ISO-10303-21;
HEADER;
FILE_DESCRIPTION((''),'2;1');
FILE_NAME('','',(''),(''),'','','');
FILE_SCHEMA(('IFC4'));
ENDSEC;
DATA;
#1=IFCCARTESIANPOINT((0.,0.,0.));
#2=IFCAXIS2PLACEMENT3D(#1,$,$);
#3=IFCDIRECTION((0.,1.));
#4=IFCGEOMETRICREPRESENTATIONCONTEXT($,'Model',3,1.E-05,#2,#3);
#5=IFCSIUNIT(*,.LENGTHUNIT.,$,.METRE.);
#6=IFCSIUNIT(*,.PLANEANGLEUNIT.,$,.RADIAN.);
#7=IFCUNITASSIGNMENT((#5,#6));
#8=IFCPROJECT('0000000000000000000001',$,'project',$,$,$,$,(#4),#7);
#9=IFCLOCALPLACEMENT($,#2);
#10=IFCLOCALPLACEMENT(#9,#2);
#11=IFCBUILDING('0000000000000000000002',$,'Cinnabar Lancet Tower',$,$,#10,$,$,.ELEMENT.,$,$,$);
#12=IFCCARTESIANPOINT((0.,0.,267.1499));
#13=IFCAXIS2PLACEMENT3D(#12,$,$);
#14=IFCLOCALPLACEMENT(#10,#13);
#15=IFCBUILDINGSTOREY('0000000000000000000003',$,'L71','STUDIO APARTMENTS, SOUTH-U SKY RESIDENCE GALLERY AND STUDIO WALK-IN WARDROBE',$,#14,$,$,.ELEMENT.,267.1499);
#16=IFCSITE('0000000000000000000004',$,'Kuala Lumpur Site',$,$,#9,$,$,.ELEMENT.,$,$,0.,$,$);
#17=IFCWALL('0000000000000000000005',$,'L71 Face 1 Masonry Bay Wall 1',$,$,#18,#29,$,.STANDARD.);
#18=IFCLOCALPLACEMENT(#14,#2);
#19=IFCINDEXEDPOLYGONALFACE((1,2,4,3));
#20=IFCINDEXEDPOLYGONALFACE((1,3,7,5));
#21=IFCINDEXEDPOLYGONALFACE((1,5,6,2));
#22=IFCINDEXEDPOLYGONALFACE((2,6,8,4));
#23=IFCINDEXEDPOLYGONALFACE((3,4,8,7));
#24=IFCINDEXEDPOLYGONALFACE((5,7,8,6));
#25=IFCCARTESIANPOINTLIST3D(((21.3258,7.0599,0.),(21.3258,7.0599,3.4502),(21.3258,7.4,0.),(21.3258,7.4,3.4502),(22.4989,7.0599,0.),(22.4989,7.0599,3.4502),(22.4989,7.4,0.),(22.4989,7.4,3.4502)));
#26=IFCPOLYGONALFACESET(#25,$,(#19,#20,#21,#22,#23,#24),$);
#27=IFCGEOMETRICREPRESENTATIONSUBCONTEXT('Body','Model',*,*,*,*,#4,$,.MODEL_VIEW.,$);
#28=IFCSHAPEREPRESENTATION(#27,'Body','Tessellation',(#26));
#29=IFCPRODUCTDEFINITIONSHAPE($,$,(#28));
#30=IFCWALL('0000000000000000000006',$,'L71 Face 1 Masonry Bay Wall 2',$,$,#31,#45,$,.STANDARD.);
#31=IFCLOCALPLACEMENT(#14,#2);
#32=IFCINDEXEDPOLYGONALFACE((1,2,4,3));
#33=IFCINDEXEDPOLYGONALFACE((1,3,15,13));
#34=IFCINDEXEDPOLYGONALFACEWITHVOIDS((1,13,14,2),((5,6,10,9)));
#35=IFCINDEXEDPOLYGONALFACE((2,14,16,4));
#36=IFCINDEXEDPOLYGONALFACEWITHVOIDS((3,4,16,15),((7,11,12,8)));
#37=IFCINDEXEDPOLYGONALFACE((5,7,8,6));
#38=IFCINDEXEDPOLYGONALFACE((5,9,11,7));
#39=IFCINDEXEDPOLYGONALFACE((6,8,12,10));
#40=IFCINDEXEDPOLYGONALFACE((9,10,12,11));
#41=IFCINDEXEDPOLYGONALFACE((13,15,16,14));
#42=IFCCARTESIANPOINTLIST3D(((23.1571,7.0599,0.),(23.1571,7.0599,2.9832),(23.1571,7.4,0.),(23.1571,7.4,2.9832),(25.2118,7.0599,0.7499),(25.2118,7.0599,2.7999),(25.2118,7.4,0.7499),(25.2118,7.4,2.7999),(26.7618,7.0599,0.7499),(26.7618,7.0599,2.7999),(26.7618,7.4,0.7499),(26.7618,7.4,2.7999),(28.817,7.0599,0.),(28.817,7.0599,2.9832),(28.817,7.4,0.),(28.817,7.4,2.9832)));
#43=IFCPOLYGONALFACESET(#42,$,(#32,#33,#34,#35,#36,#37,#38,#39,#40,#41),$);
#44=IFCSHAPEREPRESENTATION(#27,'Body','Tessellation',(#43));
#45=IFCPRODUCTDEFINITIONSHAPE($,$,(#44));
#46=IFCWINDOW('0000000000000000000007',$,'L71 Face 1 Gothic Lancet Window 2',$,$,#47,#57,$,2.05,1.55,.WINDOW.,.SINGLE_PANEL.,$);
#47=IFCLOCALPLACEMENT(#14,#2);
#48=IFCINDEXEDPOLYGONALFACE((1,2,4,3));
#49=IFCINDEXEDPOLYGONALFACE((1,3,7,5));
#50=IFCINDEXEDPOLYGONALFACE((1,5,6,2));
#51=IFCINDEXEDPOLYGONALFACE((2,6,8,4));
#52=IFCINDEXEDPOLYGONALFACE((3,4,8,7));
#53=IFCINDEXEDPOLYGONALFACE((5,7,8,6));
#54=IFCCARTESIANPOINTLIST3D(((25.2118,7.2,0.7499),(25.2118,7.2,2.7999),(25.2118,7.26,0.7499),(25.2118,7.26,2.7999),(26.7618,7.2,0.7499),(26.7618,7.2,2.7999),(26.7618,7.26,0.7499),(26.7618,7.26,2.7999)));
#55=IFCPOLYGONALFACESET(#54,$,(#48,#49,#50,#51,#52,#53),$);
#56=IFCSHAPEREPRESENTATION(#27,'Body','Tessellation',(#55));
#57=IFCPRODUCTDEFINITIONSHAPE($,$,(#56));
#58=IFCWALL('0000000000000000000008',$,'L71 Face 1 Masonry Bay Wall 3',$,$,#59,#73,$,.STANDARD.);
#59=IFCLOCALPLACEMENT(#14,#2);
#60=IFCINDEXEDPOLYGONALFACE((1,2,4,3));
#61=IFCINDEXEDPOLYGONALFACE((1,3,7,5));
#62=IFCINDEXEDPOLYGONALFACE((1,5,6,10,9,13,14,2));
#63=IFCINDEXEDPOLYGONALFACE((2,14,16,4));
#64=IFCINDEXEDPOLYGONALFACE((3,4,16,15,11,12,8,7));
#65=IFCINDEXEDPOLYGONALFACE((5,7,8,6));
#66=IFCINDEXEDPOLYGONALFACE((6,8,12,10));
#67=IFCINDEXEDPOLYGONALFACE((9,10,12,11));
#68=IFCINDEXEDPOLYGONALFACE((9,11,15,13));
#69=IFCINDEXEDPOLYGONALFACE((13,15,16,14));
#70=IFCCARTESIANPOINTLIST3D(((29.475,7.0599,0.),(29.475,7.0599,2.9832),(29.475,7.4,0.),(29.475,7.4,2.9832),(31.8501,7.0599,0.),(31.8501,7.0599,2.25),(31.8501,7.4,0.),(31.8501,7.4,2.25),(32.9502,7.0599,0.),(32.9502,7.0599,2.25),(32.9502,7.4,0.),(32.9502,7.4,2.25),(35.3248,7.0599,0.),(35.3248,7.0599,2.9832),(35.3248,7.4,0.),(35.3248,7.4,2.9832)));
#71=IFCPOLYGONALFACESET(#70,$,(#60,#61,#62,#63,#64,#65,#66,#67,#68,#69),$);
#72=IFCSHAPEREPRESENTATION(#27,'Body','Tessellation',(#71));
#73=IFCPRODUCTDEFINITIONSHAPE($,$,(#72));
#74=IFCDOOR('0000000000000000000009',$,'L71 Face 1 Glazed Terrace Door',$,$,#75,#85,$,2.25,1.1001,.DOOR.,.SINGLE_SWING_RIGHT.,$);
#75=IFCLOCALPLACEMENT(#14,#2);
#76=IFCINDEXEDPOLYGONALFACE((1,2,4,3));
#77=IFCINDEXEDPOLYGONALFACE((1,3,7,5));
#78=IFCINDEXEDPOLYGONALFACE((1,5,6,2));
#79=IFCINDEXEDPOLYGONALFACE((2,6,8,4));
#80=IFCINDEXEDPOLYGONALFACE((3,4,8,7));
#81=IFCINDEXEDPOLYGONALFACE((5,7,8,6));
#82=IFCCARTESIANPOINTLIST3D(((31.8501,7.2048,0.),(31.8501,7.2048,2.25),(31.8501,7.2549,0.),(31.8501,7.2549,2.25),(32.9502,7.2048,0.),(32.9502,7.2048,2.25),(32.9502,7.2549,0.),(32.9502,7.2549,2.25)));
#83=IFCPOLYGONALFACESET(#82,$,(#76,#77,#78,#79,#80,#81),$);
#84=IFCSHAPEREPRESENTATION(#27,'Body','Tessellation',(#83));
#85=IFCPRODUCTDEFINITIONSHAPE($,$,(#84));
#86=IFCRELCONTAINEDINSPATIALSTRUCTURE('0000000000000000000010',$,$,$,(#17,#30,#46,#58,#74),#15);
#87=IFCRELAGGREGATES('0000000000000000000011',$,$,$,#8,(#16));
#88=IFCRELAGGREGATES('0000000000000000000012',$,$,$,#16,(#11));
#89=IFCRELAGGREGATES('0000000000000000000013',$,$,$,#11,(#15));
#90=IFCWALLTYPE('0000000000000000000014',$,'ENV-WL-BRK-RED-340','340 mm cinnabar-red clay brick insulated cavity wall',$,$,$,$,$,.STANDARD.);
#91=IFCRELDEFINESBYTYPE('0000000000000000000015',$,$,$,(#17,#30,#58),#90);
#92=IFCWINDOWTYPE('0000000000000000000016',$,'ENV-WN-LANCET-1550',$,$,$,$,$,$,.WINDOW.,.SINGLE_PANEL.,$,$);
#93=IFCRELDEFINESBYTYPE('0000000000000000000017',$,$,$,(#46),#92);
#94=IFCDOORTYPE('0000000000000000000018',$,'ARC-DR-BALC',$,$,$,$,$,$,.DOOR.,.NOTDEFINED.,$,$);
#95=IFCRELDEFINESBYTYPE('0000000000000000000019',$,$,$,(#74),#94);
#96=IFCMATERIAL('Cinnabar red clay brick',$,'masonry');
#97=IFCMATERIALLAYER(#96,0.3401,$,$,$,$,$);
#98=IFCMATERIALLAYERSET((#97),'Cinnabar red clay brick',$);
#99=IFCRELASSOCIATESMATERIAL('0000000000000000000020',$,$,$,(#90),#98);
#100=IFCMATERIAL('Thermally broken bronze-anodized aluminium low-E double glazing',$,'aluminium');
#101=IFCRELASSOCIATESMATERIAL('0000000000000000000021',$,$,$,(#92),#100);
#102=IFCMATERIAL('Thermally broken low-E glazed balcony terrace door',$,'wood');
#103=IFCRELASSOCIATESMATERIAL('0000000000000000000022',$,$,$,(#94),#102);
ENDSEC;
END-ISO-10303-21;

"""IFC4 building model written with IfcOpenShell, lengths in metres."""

from ifc_helpers import new_model, si_unit, direction, frame, frame_2d, origin, place, context, subcontext, project, spatial, rectangle, extrude, material, layer, layer_set, type_object, element, fill, save


model = new_model("IFC4")

# Units and contexts
model_context = context("Model", 3, precision=1e-05, world=origin(), true_north=direction((0.0, 1.0)))
body_context = subcontext(model_context, "Body", "Model", "MODEL_VIEW")
ifc_project = project(units=[si_unit("LENGTHUNIT", "METRE"), si_unit("PLANEANGLEUNIT", "RADIAN")], contexts=[model_context])

# Site, building, storey
site_placement = place(None, origin())
site = spatial("IfcSite", under=ifc_project, at=site_placement, Name="Kuala Lumpur Site", CompositionType="ELEMENT", RefElevation=0.0)
building_placement = place(site_placement, origin())
building = spatial("IfcBuilding", under=site, at=building_placement, Name="Cinnabar Lancet Tower", CompositionType="ELEMENT")
storey_placement = place(building_placement, frame((0.0, 0.0, 267.1499)))
storey = spatial("IfcBuildingStorey", under=building, at=storey_placement, Name="L71", Description="STUDIO APARTMENTS, SOUTH-U SKY RESIDENCE GALLERY AND STUDIO WALK-IN WARDROBE", CompositionType="ELEMENT", Elevation=267.1499)

# Wall
ifc_material_1 = material(Name="Cinnabar red clay brick", Category="masonry")
ifc_layer_1 = layer(ifc_material_1, 0.3401)
ifc_layer_set_1 = layer_set([ifc_layer_1], Name="Cinnabar red clay brick")
wall_type_1 = type_object("IfcWallType", Name="ENV-WL-BRK-RED-340", Description="340 mm cinnabar-red clay brick insulated cavity wall", PredefinedType="STANDARD", material=ifc_layer_set_1)
wall_1_placement = place(storey_placement, frame((21.3259, 7.23, 0.0), z_axis=(0.0, 0.0, 1.0), x_axis=(1.0, 0.0, 0.0)))
element("IfcWall", 1, at=wall_1_placement, inside=storey, type_object=wall_type_1, Name="L71 Face 1 Masonry Bay Wall 1", PredefinedType="STANDARD", context=body_context, shape_type="SweptSolid", body=[
    extrude(rectangle(XDim=1.1731, YDim=0.3401, at=frame_2d((0.5864, 0.0))), origin(), (0.0, 0.0, 1.0), 3.4502),
])

# Wall, opening, window
wall_2_placement = place(storey_placement, frame((23.157, 7.23, 0.0), z_axis=(0.0, 0.0, 1.0), x_axis=(1.0, 0.0, 0.0)))
wall_2 = element("IfcWall", 2, at=wall_2_placement, inside=storey, type_object=wall_type_1, Name="L71 Face 1 Masonry Bay Wall 2", PredefinedType="STANDARD", context=body_context, shape_type="SweptSolid", body=[
    extrude(rectangle(XDim=5.6599, YDim=0.3401, at=frame_2d((2.8301, 0.0))), origin(), (0.0, 0.0, 1.0), 2.9832),
])
opening_1_placement = place(wall_2_placement, frame((2.0549, 0.0, 0.75)))
opening_1 = element("IfcOpeningElement", 3, at=opening_1_placement, cuts=wall_2, PredefinedType="OPENING", context=body_context, shape_type="SweptSolid", body=[
    extrude(rectangle(XDim=1.55, YDim=2.05, at=frame_2d((0.7749, 1.0249))), frame((0.0, 0.1799, 0.0), z_axis=(0.0, -1.0, 0.0), x_axis=(1.0, 0.0, 0.0)), (0.0, 0.0, 1.0), 0.3601),
])
ifc_material_2 = material(Name="Thermally broken bronze-anodized aluminium low-E double glazing", Category="aluminium")
window_type = type_object("IfcWindowType", Name="ENV-WN-LANCET-1550", PartitioningType="SINGLE_PANEL", PredefinedType="WINDOW", material=ifc_material_2)
window_placement = place(opening_1_placement, origin())
window = element("IfcWindow", 4, at=window_placement, inside=storey, type_object=window_type, Name="L71 Face 1 Gothic Lancet Window 2", OverallHeight=2.05, OverallWidth=1.55, PartitioningType="SINGLE_PANEL", PredefinedType="WINDOW", context=body_context, shape_type="SweptSolid", body=[
    extrude(rectangle(XDim=1.55, YDim=2.05, at=frame_2d((0.7749, 1.0249))), frame((0.0, 0.03, 0.0), z_axis=(0.0, -1.0, 0.0), x_axis=(1.0, 0.0, 0.0)), (0.0, 0.0, 1.0), 0.0601),
])
fill(opening_1, window)

# Wall, opening, door
wall_3_placement = place(storey_placement, frame((29.4751, 7.23, 0.0), z_axis=(0.0, 0.0, 1.0), x_axis=(1.0, 0.0, 0.0)))
wall_3 = element("IfcWall", 5, at=wall_3_placement, inside=storey, type_object=wall_type_1, Name="L71 Face 1 Masonry Bay Wall 3", PredefinedType="STANDARD", context=body_context, shape_type="SweptSolid", body=[
    extrude(rectangle(XDim=5.8499, YDim=0.3401, at=frame_2d((2.9248, 0.0))), origin(), (0.0, 0.0, 1.0), 2.9832),
])
opening_2_placement = place(wall_3_placement, frame((2.375, 0.0, 0.0)))
opening_2 = element("IfcOpeningElement", 6, at=opening_2_placement, cuts=wall_3, PredefinedType="OPENING", context=body_context, shape_type="SweptSolid", body=[
    extrude(rectangle(XDim=1.1001, YDim=2.25, at=frame_2d((0.55, 1.125))), frame((0.0, 0.1799, 0.0), z_axis=(0.0, -1.0, 0.0), x_axis=(1.0, 0.0, 0.0)), (0.0, 0.0, 1.0), 0.3601),
])
ifc_material_3 = material(Name="Thermally broken low-E glazed balcony terrace door", Category="wood")
door_type_1 = type_object("IfcDoorType", Name="ARC-DR-BALC", OperationType="NOTDEFINED", PredefinedType="DOOR", material=ifc_material_3)
door_1_placement = place(opening_2_placement, origin())
door_1 = element("IfcDoor", 7, at=door_1_placement, inside=storey, type_object=door_type_1, Name="L71 Face 1 Glazed Terrace Door", OperationType="SINGLE_SWING_RIGHT", OverallHeight=2.25, OverallWidth=1.1001, PredefinedType="DOOR", context=body_context, shape_type="SweptSolid", body=[
    extrude(rectangle(XDim=1.1001, YDim=2.25, at=frame_2d((0.55, 1.125))), frame((0.0, 0.0249, 0.0), z_axis=(0.0, -1.0, 0.0), x_axis=(1.0, 0.0, 0.0)), (0.0, 0.0, 1.0), 0.05),
])
fill(opening_2, door_1)

save(model, "model.ifc")
